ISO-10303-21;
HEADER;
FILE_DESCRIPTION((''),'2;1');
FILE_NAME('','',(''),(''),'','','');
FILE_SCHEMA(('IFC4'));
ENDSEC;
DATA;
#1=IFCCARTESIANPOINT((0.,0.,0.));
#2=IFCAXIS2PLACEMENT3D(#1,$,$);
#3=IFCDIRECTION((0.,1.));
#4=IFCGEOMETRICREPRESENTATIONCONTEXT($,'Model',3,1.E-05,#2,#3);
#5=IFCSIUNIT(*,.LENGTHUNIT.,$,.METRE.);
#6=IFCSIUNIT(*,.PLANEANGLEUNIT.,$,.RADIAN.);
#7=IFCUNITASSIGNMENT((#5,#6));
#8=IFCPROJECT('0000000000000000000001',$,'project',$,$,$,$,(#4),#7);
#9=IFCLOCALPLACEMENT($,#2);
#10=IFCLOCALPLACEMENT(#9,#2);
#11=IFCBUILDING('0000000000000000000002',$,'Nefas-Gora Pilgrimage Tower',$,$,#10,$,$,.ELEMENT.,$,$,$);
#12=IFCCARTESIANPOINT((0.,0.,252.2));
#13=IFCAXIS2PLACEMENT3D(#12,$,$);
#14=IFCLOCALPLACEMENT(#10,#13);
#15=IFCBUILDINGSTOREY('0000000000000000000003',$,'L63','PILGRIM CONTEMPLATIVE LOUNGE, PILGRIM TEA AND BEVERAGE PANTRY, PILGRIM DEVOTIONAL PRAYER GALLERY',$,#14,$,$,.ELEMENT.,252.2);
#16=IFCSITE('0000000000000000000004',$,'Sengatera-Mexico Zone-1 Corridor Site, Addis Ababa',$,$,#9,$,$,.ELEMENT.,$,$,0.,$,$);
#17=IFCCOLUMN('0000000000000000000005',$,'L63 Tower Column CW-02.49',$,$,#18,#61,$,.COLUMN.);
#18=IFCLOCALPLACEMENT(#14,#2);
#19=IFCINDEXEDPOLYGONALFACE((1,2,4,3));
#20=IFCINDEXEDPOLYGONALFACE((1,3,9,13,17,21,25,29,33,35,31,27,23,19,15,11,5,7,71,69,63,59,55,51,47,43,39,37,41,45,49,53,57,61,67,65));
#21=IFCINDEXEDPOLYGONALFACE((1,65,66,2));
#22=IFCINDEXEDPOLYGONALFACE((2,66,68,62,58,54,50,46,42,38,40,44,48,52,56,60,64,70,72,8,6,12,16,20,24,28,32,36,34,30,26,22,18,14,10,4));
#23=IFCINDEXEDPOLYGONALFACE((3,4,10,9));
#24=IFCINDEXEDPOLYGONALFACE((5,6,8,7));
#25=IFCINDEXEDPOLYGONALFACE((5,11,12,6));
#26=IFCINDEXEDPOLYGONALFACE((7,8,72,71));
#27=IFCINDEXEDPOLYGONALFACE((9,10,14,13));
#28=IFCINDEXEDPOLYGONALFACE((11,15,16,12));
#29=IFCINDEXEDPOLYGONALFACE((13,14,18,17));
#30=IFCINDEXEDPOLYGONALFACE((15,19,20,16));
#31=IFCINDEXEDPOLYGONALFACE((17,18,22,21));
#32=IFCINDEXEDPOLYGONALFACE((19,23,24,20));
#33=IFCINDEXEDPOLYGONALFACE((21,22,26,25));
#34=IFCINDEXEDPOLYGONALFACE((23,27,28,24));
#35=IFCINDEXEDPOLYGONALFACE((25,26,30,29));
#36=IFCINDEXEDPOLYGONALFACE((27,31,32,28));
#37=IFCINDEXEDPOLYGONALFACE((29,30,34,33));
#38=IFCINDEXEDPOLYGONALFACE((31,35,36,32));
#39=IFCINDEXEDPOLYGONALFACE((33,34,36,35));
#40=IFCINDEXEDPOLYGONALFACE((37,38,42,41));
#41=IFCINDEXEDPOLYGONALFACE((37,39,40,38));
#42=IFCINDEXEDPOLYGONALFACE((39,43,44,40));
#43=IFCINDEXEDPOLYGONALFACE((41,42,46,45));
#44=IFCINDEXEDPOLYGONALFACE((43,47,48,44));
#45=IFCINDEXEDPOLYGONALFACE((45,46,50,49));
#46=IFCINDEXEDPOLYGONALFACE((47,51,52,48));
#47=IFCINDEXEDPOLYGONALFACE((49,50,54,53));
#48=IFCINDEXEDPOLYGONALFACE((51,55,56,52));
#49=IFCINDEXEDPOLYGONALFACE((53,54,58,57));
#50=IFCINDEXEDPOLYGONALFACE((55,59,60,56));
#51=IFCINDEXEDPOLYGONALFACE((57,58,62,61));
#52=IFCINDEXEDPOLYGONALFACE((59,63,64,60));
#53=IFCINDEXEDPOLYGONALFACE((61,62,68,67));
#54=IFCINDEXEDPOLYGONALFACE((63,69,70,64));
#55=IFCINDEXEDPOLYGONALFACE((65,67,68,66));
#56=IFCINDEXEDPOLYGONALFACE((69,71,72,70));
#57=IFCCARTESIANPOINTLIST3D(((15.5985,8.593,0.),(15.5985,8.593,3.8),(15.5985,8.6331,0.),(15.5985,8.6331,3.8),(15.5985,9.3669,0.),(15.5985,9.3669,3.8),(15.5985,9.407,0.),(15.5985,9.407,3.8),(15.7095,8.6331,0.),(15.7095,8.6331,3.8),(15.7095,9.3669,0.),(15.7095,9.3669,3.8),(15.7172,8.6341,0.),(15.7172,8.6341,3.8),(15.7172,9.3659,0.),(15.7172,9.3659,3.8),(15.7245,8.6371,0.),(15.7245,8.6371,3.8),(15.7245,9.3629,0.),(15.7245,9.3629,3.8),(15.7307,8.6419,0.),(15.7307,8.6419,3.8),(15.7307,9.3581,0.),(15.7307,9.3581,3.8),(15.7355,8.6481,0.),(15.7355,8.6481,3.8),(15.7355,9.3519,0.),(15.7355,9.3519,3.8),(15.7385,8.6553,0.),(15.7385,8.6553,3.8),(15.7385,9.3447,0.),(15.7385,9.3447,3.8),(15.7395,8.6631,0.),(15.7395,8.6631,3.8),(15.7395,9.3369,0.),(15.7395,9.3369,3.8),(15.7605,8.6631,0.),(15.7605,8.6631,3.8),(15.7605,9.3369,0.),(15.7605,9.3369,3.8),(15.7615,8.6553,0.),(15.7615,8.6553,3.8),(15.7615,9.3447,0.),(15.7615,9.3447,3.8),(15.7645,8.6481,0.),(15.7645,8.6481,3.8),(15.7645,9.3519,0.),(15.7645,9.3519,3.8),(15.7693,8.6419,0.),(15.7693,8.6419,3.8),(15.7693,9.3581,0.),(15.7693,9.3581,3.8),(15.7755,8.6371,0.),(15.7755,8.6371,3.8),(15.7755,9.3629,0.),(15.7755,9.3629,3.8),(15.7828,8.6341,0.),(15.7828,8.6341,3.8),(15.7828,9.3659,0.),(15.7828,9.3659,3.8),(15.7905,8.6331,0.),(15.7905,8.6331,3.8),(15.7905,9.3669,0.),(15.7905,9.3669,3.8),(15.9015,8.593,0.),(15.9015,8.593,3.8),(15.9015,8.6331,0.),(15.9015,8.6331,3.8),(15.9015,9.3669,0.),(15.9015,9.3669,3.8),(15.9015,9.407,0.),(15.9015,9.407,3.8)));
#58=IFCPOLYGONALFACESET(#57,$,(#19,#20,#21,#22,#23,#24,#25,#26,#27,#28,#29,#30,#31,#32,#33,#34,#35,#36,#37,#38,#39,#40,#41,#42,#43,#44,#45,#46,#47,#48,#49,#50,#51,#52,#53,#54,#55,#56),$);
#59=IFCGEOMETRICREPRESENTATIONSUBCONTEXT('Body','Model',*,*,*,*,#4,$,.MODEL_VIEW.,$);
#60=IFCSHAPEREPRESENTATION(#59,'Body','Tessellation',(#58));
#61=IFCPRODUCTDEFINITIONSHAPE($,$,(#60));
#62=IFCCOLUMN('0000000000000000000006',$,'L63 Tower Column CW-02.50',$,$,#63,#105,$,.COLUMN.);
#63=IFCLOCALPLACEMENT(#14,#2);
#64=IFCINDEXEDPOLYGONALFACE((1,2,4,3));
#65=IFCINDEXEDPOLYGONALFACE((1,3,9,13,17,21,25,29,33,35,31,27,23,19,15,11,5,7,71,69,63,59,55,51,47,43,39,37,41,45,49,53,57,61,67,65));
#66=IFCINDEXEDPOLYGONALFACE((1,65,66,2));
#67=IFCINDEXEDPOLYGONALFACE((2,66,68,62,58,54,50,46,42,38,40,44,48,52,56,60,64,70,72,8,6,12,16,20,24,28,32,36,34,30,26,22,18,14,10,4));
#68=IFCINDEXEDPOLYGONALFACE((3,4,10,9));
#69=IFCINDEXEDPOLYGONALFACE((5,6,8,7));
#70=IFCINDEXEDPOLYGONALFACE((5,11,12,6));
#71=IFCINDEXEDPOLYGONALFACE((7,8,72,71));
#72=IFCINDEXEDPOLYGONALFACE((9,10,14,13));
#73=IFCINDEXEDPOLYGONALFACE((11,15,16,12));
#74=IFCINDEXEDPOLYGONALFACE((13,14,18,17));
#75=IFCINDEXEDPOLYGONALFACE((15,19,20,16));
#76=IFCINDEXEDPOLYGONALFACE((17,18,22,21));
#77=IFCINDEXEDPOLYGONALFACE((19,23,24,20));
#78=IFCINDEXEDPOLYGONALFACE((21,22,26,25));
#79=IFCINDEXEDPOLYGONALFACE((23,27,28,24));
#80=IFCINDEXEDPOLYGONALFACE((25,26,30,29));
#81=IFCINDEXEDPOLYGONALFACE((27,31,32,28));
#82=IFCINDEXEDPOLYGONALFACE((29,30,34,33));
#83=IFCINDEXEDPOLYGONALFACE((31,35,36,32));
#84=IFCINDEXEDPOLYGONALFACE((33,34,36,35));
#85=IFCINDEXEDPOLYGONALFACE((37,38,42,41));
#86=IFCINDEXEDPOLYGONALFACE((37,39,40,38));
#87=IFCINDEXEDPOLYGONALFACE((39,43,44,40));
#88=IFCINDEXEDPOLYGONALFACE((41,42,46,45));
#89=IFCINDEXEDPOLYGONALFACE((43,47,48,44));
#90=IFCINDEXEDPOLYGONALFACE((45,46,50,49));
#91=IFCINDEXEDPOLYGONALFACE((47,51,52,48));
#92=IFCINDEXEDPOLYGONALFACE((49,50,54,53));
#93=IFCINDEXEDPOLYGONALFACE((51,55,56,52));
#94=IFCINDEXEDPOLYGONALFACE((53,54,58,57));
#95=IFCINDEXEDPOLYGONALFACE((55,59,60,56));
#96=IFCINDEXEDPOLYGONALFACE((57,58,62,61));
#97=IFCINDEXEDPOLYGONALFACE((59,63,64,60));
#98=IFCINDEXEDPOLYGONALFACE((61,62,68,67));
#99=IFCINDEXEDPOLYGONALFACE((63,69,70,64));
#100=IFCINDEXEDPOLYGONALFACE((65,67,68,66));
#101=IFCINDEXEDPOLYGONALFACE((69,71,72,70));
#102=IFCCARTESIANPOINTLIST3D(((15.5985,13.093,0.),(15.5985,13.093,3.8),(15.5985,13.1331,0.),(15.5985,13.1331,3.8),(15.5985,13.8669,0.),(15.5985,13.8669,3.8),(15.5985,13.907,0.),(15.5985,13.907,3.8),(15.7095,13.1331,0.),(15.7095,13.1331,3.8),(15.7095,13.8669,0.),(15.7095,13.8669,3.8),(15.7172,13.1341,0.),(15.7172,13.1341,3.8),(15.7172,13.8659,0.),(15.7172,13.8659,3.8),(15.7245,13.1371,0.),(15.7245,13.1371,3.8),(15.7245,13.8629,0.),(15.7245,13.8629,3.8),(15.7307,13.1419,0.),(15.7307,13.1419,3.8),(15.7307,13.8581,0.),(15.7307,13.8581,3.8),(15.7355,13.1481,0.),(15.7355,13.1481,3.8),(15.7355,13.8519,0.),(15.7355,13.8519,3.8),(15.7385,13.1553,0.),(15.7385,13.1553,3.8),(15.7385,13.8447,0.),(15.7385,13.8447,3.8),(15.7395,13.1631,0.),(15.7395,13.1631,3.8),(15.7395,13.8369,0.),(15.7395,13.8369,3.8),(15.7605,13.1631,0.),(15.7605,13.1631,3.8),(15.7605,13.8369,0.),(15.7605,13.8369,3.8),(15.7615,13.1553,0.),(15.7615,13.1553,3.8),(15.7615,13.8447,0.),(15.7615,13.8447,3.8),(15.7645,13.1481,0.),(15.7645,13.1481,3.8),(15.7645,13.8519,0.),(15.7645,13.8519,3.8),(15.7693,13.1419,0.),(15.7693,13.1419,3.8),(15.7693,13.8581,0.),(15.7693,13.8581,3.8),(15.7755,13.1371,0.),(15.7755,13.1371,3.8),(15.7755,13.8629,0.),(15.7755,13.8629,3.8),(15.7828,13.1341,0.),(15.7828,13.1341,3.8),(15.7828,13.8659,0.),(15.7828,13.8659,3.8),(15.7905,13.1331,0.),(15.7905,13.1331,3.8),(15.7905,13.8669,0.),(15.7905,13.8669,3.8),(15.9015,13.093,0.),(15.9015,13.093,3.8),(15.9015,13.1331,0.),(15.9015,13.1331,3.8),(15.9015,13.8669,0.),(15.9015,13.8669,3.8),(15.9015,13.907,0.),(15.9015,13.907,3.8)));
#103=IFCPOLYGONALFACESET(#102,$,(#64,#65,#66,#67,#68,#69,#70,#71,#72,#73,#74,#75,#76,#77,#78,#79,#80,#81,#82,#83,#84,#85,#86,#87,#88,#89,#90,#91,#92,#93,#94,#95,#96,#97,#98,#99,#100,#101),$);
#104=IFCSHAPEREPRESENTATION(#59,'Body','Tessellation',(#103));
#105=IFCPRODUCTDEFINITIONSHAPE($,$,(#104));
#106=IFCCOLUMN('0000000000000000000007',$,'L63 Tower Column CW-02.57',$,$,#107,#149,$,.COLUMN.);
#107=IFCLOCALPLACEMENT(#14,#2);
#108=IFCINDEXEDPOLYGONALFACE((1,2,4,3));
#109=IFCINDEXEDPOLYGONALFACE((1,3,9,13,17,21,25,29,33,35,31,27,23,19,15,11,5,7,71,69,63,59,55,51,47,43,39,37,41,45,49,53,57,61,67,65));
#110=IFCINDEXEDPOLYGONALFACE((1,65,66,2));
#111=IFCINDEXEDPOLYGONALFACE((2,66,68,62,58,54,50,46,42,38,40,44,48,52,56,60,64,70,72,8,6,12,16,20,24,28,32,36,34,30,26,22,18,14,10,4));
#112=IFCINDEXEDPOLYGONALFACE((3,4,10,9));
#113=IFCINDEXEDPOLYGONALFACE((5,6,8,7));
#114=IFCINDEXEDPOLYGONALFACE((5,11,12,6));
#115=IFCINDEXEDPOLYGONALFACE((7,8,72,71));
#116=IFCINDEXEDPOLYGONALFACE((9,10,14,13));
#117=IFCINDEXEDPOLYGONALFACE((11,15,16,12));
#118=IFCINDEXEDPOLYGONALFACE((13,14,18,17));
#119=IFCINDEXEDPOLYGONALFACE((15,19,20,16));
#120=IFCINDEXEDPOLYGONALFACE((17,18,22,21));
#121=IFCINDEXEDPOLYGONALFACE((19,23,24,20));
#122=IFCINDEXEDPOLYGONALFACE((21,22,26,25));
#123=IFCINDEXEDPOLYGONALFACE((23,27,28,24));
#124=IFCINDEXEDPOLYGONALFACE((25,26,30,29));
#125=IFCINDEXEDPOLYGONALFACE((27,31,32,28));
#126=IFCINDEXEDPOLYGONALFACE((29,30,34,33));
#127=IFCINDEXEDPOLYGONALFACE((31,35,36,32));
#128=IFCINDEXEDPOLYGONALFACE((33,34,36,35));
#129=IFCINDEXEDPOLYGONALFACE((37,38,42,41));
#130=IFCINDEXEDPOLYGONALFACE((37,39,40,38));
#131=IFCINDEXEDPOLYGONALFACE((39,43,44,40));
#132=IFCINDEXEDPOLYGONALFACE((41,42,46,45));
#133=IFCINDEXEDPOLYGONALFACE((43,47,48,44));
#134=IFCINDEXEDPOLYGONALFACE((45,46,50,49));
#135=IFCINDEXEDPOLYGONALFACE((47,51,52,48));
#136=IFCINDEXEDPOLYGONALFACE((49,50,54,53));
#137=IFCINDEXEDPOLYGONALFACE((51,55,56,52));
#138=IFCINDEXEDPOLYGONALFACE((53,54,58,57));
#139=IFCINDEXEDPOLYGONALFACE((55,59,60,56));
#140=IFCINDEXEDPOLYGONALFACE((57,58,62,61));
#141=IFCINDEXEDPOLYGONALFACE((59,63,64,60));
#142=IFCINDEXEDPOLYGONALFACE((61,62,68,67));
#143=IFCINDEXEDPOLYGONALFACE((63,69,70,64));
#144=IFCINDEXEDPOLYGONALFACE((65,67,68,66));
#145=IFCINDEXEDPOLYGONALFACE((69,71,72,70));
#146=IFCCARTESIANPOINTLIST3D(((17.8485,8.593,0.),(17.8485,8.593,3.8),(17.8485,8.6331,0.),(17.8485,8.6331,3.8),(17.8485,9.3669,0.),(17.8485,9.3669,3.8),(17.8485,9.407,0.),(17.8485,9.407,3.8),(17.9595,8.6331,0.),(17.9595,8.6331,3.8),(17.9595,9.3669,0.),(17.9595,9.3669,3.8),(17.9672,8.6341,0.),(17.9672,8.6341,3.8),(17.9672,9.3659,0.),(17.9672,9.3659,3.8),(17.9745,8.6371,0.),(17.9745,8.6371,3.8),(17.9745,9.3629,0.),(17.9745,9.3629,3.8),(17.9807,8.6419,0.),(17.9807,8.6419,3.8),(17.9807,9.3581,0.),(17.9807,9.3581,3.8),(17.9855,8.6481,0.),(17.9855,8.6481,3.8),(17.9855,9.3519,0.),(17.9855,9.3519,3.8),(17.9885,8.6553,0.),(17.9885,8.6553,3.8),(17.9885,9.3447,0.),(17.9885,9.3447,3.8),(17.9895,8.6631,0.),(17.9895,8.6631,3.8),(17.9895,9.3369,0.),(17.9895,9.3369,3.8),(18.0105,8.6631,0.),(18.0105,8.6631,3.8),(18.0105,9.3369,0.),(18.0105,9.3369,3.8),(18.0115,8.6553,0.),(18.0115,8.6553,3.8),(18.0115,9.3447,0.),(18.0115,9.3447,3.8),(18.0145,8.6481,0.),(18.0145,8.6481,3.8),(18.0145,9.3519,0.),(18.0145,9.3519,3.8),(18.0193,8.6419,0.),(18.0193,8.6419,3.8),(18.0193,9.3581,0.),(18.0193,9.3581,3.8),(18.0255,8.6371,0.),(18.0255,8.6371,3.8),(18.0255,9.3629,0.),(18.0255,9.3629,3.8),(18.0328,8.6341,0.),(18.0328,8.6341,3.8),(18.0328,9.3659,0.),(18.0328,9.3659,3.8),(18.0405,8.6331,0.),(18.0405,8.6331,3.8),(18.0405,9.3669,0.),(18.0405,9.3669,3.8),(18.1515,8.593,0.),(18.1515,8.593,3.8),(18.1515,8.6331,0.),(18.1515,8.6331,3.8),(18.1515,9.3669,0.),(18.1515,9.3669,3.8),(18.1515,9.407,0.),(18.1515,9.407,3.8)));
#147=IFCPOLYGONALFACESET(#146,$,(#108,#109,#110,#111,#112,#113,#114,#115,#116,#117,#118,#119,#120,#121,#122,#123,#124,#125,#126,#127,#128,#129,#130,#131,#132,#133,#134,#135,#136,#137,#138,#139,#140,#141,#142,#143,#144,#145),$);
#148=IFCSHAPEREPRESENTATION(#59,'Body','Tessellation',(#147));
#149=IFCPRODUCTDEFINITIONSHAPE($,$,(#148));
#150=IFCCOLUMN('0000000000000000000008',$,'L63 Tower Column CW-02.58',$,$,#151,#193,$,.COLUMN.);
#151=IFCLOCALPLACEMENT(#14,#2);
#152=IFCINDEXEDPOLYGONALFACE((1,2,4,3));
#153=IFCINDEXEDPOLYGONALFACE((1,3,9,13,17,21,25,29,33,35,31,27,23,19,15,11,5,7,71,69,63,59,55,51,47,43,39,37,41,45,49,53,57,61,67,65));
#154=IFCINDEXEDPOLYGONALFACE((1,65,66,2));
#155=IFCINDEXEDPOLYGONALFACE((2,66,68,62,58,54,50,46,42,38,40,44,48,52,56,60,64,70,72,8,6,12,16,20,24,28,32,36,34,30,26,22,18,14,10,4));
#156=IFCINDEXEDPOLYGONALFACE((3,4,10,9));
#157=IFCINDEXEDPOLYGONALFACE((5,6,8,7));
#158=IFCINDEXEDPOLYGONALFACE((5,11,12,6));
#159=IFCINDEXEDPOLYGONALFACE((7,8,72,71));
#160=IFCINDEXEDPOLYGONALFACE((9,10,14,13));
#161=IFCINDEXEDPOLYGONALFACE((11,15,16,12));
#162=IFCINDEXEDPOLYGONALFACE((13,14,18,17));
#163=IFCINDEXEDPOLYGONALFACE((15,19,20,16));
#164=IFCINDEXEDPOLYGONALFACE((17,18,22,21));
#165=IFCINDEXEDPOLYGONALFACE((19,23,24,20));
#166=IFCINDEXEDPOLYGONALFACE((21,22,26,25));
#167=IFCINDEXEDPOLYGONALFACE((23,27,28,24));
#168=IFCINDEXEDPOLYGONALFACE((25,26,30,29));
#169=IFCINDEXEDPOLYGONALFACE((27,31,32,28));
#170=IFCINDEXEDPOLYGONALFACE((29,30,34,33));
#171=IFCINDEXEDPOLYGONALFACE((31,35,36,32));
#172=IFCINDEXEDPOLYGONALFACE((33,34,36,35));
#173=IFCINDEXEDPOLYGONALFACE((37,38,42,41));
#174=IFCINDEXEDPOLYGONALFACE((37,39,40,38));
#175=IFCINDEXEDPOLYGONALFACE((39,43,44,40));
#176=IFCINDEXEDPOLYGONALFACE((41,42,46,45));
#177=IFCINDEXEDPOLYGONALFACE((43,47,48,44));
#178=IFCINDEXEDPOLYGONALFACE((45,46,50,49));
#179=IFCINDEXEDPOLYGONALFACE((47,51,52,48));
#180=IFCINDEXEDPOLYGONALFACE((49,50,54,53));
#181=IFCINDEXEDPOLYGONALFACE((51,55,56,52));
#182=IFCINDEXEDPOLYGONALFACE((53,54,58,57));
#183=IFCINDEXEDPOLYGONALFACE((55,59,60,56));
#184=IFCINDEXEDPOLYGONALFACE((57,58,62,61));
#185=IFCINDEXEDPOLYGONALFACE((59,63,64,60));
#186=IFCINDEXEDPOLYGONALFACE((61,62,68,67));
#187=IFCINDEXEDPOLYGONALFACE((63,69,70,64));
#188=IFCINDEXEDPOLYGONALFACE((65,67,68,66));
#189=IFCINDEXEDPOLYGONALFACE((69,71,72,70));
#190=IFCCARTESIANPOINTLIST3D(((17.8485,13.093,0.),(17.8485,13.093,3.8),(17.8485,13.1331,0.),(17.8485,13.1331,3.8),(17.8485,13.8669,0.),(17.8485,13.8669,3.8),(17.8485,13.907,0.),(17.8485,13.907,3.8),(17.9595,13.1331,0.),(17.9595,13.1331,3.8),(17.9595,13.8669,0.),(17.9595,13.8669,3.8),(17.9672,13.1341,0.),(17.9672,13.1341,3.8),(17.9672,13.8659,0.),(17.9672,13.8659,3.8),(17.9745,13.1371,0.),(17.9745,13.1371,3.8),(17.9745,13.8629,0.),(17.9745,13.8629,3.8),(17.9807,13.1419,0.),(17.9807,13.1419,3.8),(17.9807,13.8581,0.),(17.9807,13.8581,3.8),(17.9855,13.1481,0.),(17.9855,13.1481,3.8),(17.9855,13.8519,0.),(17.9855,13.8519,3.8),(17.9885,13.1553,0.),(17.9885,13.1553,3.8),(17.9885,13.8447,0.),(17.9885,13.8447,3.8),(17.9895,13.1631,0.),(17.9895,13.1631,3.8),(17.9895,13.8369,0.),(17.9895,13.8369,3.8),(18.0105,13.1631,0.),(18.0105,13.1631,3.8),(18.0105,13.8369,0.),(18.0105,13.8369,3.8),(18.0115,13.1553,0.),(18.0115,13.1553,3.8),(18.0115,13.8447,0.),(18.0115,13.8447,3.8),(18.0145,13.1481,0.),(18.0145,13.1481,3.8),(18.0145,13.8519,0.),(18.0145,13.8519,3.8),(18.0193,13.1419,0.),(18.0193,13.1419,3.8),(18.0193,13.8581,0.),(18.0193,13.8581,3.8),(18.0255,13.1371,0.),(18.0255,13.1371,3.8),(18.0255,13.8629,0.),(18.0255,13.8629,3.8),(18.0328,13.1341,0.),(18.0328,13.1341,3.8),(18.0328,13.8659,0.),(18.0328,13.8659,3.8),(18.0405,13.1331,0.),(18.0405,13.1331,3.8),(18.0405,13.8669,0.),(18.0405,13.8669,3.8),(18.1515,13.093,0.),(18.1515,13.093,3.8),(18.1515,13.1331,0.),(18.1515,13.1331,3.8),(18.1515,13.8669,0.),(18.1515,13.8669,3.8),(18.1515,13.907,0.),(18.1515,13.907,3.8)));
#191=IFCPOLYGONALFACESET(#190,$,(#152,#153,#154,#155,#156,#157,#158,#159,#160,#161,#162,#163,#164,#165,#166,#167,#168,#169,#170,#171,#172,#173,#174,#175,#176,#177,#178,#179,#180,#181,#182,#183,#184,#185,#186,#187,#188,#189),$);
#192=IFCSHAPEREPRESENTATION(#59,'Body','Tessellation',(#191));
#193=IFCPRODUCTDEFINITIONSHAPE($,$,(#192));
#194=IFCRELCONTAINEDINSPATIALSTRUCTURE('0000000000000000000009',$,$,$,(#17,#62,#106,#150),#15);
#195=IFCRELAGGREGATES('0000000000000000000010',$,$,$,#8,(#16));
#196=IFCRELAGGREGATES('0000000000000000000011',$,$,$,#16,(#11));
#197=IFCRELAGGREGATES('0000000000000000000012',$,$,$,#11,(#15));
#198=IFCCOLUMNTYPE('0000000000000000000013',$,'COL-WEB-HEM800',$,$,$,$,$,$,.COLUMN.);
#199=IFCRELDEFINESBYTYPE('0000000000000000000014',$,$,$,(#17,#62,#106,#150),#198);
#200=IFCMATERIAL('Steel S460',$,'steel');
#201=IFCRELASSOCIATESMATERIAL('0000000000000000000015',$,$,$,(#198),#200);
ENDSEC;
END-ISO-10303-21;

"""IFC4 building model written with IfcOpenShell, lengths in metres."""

from ifc_helpers import new_model, si_unit, direction, frame, origin, origin_2d, place, context, subcontext, project, spatial, i_section, extrude, source, transform, mapped, material, material_profile, profile_set, type_object, element, save


model = new_model("IFC4")

# Units and contexts
model_context = context("Model", 3, precision=1e-05, world=origin(), true_north=direction((0.0, 1.0)))
body_context = subcontext(model_context, "Body", "Model", "MODEL_VIEW")
ifc_project = project(units=[si_unit("LENGTHUNIT", "METRE"), si_unit("PLANEANGLEUNIT", "RADIAN")], contexts=[model_context])

# Site, building, storey
site_placement = place(None, origin())
site = spatial("IfcSite", under=ifc_project, at=site_placement, Name="Sengatera-Mexico Zone-1 Corridor Site, Addis Ababa", CompositionType="ELEMENT", RefElevation=0.0)
building_placement = place(site_placement, origin())
building = spatial("IfcBuilding", under=site, at=building_placement, Name="Nefas-Gora Pilgrimage Tower", CompositionType="ELEMENT")
storey_placement = place(building_placement, frame((0.0, 0.0, 252.2)))
storey = spatial("IfcBuildingStorey", under=building, at=storey_placement, Name="L63", Description="PILGRIM CONTEMPLATIVE LOUNGE, PILGRIM TEA AND BEVERAGE PANTRY, PILGRIM DEVOTIONAL PRAYER GALLERY", CompositionType="ELEMENT", Elevation=252.2)

# Columns
ifc_material_1 = material(Name="Steel S460", Category="steel")
ifc_material_profile_1 = material_profile(ifc_material_1, i_section(OverallWidth=0.303, OverallDepth=0.814, WebThickness=0.021, FlangeThickness=0.04, FilletRadius=0.03, at=origin_2d()), Name="HEM 800")
ifc_profile_set_1 = profile_set([ifc_material_profile_1], Name="Steel S460")
column_type_1 = type_object("IfcColumnType", Name="COL-WEB-HEM800", PredefinedType="COLUMN", material=ifc_profile_set_1)
shared_shape_1 = source(origin(), body_context, "Body", "SweptSolid", [
    extrude(i_section(OverallWidth=0.303, OverallDepth=0.814, WebThickness=0.021, FlangeThickness=0.04, FilletRadius=0.03, at=origin_2d()), origin(), (0.0, 0.0, 1.0), 3.8),
])
for number, where, z_axis, x_axis, name in (
    (1, (15.75, 9.0, 0.0), (0.0, 0.0, 1.0), (1.0, 0.0, 0.0), "L63 Tower Column CW-02.49"),
    (2, (15.75, 13.5, 0.0), (0.0, 0.0, 1.0), (1.0, 0.0, 0.0), "L63 Tower Column CW-02.50"),
    (3, (18.0, 9.0, 0.0), (0.0, 0.0, 1.0), (1.0, 0.0, 0.0), "L63 Tower Column CW-02.57"),
    (4, (18.0, 13.5, 0.0), (0.0, 0.0, 1.0), (1.0, 0.0, 0.0), "L63 Tower Column CW-02.58"),
):
    element("IfcColumn", number, at=place(storey_placement, frame(where, z_axis=z_axis, x_axis=x_axis)), inside=storey, type_object=column_type_1, Name=name, PredefinedType="COLUMN", context=body_context, shape_type="MappedRepresentation", body=[
        mapped(shared_shape_1, transform((0.0, 0.0, 0.0), x_axis=(1.0, 0.0, 0.0), y_axis=(0.0, 1.0, 0.0), z_axis=(0.0, 0.0, 1.0), scale=1.0)),
    ])

save(model, "model.ifc")
